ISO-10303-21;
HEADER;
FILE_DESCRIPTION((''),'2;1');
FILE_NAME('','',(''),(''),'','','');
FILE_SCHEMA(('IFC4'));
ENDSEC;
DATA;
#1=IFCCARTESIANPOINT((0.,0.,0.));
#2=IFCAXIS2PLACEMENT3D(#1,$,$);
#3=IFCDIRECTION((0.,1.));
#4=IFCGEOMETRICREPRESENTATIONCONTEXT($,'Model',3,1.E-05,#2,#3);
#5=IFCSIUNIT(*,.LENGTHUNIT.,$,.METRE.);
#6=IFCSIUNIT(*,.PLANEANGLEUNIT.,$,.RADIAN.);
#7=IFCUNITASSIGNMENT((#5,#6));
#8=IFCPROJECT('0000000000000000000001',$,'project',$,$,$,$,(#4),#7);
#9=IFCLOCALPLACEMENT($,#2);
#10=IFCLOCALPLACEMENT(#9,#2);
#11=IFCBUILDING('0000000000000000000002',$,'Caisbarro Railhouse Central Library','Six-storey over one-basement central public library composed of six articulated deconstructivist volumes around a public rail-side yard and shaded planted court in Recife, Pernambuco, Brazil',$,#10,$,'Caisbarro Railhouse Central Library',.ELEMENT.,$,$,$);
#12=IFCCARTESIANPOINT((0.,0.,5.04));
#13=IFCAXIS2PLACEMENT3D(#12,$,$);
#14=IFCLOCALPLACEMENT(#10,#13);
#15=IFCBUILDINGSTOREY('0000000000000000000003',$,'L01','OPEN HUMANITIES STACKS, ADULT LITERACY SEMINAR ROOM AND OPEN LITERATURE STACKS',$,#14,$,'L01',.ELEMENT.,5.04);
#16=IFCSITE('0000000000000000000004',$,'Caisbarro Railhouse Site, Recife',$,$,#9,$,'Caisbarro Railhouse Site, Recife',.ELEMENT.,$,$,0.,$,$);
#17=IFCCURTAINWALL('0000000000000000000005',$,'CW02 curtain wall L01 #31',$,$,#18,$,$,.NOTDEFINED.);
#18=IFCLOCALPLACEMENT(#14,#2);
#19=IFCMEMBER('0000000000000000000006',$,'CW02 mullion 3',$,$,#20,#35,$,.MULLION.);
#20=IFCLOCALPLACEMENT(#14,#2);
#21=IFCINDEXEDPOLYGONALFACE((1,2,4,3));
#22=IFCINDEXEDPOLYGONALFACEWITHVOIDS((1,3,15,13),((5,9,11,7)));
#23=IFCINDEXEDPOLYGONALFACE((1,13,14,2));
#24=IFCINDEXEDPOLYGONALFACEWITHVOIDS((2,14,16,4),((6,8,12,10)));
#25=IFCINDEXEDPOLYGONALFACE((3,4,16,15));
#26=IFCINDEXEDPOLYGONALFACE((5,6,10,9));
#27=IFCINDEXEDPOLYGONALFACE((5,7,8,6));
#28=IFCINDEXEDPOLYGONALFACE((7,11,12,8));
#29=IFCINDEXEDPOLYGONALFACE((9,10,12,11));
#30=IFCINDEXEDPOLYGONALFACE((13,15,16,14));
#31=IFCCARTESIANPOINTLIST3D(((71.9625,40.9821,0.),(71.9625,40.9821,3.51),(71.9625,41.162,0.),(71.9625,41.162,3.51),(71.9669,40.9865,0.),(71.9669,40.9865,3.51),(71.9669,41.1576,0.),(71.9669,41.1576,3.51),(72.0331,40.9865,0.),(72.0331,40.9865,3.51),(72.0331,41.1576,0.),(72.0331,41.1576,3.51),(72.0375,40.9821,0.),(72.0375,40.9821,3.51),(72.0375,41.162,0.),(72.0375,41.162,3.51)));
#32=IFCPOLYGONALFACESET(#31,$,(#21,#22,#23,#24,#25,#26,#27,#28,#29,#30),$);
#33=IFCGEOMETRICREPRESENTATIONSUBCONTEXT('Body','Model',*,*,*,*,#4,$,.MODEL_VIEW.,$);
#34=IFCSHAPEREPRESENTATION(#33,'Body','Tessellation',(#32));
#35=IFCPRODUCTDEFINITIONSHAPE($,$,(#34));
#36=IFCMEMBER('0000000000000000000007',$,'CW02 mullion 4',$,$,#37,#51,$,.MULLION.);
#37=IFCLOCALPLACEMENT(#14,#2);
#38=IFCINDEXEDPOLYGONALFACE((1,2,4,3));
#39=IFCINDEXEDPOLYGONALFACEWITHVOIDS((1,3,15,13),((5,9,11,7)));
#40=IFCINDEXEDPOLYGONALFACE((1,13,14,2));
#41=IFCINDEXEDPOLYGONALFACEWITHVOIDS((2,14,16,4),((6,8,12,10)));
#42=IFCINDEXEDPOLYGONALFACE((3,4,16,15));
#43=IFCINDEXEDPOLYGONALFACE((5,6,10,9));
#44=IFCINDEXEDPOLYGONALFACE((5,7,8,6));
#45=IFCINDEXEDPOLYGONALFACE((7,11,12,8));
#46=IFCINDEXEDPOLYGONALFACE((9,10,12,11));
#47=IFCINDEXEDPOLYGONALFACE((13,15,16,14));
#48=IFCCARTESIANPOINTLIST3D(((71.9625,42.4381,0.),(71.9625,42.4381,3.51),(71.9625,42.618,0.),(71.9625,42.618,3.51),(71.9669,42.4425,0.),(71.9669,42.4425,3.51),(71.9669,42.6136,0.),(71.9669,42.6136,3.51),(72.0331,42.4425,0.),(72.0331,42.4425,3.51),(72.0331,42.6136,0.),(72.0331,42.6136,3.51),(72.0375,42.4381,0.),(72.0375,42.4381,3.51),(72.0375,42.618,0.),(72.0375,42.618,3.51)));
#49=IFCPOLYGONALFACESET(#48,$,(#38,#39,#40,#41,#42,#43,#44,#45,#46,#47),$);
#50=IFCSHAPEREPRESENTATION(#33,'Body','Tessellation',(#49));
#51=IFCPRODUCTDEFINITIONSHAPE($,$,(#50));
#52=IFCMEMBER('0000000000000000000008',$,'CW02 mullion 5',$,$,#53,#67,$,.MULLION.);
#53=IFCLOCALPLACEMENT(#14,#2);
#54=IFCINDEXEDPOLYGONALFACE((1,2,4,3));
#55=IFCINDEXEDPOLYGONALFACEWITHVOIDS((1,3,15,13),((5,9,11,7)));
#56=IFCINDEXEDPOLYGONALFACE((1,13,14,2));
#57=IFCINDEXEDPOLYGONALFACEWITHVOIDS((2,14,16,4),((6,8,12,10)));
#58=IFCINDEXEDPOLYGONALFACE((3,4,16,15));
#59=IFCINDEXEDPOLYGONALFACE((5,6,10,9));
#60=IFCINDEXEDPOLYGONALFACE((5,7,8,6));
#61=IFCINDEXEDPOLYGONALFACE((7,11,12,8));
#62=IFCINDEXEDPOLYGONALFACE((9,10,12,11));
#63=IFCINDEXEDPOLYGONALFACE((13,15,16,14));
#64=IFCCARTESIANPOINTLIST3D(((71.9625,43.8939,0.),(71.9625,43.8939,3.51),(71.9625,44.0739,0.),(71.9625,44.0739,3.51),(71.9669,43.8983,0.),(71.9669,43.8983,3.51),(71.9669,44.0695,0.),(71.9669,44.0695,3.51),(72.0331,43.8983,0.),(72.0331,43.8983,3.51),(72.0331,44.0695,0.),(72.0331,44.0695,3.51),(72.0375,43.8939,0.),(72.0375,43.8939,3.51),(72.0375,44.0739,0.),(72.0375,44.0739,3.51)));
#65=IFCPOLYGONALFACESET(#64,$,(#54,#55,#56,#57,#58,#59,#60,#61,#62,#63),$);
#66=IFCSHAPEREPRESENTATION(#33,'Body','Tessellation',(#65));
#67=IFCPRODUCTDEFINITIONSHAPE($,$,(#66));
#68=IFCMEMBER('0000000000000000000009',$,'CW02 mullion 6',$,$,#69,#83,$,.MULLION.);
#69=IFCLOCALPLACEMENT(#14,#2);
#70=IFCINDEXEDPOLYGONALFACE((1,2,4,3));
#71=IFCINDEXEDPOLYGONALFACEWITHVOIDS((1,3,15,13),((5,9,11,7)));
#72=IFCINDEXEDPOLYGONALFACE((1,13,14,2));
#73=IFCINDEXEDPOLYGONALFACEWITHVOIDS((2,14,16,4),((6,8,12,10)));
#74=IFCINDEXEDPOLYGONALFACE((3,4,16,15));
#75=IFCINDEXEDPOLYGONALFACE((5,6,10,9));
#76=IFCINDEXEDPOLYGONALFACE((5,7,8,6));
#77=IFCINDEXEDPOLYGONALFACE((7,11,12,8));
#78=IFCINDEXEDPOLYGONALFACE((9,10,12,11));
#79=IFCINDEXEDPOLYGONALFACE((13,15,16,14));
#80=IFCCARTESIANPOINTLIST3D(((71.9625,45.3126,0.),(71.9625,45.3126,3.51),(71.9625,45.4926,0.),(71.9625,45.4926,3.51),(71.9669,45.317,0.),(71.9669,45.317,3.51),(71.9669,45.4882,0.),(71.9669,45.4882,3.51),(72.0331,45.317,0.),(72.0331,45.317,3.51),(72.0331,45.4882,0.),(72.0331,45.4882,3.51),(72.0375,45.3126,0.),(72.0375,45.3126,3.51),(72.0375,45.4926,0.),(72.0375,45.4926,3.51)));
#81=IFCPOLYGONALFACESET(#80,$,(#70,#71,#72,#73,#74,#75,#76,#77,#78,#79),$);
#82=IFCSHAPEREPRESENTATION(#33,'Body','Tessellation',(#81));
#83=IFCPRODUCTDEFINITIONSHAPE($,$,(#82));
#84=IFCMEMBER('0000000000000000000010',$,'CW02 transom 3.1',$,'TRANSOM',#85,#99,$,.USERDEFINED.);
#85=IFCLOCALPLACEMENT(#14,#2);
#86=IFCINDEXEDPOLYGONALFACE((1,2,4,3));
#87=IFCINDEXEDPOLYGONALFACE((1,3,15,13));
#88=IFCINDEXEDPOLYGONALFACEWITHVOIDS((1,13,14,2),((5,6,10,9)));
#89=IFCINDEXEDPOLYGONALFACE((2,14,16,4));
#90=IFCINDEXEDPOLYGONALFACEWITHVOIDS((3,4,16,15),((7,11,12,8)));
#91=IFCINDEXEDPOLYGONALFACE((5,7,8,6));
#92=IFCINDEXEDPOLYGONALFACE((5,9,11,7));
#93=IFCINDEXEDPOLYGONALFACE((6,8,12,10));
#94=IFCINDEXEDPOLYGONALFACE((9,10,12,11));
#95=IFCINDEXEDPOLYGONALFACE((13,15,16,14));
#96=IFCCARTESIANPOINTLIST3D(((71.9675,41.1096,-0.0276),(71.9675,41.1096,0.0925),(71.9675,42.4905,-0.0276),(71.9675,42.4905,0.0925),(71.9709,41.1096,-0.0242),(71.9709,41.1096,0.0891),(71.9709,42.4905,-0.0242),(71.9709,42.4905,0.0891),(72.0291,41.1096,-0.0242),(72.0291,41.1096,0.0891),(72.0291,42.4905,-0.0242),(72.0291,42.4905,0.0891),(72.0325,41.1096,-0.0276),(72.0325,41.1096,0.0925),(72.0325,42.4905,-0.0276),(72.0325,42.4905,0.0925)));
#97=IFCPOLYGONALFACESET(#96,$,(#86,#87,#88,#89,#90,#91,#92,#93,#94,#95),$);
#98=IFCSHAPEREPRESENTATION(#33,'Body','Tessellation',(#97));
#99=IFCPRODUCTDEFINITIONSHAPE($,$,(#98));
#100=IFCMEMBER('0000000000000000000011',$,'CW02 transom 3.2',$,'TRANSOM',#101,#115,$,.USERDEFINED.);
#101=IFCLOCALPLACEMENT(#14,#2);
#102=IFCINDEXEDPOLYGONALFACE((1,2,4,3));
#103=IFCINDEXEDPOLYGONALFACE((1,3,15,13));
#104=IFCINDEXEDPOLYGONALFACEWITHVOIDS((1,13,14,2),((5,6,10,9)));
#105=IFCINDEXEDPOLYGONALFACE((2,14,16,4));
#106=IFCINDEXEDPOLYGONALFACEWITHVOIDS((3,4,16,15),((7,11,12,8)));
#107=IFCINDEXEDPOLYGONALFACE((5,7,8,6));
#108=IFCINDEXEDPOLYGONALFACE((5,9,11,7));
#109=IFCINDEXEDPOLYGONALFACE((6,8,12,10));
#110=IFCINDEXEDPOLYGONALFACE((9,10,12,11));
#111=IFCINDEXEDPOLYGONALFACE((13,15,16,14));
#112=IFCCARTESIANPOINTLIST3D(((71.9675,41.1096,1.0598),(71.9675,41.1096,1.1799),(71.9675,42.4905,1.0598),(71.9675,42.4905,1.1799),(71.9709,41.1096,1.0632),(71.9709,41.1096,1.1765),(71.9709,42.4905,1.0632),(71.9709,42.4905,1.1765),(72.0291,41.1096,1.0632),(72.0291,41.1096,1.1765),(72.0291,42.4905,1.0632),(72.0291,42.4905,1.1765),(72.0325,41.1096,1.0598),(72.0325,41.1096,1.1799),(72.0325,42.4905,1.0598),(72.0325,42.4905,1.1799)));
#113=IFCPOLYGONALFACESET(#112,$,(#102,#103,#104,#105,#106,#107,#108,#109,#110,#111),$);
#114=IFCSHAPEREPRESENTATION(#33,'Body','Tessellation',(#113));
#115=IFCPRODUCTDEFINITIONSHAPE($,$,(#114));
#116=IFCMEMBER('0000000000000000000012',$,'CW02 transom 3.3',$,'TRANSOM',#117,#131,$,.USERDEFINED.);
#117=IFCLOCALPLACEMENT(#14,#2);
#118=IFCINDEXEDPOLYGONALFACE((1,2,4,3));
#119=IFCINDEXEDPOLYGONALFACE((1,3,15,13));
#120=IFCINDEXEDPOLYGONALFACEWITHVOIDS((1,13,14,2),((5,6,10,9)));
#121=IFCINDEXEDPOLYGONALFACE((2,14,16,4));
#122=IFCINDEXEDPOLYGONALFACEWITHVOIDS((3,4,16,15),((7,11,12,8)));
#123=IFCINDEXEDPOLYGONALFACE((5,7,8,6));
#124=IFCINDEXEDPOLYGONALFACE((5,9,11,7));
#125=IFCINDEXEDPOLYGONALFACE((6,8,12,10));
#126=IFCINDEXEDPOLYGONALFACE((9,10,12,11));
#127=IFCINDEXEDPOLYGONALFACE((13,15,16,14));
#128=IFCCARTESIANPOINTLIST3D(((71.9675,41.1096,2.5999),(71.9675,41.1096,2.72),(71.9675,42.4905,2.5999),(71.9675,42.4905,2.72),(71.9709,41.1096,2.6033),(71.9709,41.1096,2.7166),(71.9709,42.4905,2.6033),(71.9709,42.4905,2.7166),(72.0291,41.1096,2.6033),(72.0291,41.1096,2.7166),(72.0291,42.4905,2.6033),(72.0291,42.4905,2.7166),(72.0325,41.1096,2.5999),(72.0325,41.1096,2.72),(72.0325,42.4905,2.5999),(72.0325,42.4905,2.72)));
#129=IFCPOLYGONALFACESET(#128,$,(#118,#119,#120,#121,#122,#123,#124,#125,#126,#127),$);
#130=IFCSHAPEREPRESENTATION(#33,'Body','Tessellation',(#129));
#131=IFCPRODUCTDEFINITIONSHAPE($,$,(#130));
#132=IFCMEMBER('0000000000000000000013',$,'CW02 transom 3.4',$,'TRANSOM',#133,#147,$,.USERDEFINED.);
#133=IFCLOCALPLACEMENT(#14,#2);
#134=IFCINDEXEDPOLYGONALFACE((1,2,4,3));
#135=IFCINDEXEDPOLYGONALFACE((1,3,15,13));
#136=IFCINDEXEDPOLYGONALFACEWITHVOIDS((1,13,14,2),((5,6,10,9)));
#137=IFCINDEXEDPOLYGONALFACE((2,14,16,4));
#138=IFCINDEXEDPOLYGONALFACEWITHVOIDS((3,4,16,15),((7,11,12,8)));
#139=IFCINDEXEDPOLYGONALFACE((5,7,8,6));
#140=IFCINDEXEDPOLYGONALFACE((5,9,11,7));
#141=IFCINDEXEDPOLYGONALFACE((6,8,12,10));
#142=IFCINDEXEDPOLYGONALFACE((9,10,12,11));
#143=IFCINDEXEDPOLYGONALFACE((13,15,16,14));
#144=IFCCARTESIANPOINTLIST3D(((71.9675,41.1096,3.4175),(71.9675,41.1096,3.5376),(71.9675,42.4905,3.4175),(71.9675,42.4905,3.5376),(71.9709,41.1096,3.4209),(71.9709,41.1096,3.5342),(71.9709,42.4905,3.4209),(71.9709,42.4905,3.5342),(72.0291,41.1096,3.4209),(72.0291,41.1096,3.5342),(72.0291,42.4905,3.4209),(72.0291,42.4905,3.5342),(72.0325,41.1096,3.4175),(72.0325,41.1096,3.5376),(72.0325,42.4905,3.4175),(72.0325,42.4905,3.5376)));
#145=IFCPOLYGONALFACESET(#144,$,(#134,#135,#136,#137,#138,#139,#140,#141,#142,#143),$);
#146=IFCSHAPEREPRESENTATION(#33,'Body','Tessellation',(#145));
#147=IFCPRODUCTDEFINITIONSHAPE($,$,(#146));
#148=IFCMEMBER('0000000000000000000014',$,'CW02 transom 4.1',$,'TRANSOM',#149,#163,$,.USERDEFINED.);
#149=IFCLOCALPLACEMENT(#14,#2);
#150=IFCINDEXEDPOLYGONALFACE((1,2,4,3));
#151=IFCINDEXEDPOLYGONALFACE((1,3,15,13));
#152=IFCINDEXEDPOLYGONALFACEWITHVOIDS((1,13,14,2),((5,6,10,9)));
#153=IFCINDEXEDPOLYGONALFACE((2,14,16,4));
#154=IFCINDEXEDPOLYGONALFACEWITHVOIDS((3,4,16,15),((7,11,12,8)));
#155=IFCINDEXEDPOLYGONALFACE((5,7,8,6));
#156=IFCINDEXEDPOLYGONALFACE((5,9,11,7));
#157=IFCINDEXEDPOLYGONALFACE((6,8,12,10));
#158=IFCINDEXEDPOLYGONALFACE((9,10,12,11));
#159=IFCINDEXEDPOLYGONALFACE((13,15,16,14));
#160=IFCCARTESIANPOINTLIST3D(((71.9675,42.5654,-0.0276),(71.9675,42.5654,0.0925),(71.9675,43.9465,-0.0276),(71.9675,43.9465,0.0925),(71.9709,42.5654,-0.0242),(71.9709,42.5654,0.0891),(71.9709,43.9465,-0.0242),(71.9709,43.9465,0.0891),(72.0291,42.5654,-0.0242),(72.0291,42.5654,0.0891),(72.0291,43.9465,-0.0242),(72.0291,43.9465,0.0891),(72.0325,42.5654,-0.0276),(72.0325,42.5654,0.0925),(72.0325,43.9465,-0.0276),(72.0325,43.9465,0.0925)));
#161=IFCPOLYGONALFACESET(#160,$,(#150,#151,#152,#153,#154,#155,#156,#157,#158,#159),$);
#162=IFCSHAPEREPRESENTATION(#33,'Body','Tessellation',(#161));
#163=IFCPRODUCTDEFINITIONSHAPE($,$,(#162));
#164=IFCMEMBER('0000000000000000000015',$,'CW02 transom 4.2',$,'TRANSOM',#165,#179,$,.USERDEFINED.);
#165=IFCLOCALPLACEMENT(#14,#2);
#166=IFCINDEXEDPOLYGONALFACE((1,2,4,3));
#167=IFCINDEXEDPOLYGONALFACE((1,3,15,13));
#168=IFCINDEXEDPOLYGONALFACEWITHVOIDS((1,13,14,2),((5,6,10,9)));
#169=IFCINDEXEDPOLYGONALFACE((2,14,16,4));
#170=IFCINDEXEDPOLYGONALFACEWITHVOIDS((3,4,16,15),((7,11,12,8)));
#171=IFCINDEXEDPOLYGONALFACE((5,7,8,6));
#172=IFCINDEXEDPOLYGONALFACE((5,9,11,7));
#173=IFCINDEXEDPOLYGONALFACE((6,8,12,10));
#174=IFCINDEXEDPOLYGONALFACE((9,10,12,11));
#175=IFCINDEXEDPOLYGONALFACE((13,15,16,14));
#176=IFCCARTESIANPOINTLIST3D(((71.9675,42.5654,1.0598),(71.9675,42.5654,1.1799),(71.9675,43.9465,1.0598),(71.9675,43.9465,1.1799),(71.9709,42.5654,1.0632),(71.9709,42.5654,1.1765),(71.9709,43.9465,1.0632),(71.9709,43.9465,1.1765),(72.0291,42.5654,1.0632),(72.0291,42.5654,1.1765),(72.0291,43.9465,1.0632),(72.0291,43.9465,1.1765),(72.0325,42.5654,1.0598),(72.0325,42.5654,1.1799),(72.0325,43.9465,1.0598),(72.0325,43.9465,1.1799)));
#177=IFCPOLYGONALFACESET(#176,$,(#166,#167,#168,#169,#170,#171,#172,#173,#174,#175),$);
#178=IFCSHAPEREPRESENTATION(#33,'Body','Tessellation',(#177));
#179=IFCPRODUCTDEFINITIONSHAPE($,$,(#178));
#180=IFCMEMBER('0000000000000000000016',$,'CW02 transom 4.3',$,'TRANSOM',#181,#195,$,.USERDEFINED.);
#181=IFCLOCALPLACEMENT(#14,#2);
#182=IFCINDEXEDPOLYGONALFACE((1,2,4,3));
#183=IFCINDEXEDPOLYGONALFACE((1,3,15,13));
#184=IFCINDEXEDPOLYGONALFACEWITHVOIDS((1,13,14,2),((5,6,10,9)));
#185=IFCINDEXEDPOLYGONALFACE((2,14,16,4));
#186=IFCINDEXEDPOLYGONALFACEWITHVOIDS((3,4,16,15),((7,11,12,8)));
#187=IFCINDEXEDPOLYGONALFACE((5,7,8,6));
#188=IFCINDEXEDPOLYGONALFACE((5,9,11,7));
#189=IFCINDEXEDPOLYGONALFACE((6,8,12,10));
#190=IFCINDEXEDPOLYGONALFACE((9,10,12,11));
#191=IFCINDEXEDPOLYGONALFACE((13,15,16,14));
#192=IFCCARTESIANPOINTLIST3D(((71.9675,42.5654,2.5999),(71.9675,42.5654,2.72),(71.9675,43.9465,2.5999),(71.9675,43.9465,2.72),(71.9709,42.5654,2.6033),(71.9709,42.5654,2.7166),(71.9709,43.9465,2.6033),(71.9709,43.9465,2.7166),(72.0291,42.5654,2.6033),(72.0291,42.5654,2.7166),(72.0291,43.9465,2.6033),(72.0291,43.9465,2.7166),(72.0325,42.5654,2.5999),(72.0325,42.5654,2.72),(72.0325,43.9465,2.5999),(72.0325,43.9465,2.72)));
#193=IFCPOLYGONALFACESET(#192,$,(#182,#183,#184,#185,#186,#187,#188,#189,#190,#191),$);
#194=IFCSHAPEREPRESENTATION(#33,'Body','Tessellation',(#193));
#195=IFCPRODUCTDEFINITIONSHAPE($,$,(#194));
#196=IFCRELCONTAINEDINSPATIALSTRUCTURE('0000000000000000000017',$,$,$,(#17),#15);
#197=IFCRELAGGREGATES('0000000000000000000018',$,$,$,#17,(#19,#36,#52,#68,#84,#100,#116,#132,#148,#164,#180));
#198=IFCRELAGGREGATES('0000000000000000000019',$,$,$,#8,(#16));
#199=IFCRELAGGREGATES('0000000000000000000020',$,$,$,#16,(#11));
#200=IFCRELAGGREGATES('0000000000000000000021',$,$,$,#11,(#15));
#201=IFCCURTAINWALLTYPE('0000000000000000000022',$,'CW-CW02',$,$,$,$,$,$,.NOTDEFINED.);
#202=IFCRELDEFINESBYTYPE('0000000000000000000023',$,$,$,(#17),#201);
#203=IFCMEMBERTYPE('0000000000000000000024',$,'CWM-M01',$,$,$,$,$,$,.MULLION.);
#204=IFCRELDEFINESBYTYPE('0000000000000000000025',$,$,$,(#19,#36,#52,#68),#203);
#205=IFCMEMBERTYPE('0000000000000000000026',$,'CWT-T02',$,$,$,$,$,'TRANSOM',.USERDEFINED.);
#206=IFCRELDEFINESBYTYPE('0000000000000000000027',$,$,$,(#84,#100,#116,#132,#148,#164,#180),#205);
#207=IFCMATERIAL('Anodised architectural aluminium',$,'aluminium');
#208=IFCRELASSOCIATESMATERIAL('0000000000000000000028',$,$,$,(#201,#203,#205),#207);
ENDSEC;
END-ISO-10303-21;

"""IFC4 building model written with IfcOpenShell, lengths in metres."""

from ifc_helpers import new_model, si_unit, direction, frame, origin, origin_2d, place, context, subcontext, project, spatial, hollow_rectangle, extrude, material, material_profile, profile_set, type_object, element, aggregate, save


model = new_model("IFC4")

# Units and contexts
model_context = context("Model", 3, precision=1e-05, world=origin(), true_north=direction((0.0, 1.0)))
body_context = subcontext(model_context, "Body", "Model", "MODEL_VIEW")
ifc_project = project(units=[si_unit("LENGTHUNIT", "METRE"), si_unit("PLANEANGLEUNIT", "RADIAN")], contexts=[model_context])

# Site, building, storey
site_placement = place(None, origin())
site = spatial("IfcSite", under=ifc_project, at=site_placement, Name="Caisbarro Railhouse Site, Recife", LongName="Caisbarro Railhouse Site, Recife", CompositionType="ELEMENT", RefElevation=0.0)
building_placement = place(site_placement, origin())
building = spatial("IfcBuilding", under=site, at=building_placement, Name="Caisbarro Railhouse Central Library", Description="Six-storey over one-basement central public library composed of six articulated deconstructivist volumes around a public rail-side yard and shaded planted court in Recife, Pernambuco, Brazil", LongName="Caisbarro Railhouse Central Library", CompositionType="ELEMENT")
storey_placement = place(building_placement, frame((0.0, 0.0, 5.04)))
storey = spatial("IfcBuildingStorey", under=building, at=storey_placement, Name="L01", Description="OPEN HUMANITIES STACKS, ADULT LITERACY SEMINAR ROOM AND OPEN LITERATURE STACKS", LongName="L01", CompositionType="ELEMENT", Elevation=5.04)

# Curtain wall, members
ifc_material_1 = material(Name="Anodised architectural aluminium", Category="aluminium")
curtain_wall_type = type_object("IfcCurtainWallType", Name="CW-CW02", PredefinedType="NOTDEFINED", material=ifc_material_1)
curtain_wall_placement = place(storey_placement, origin())
curtain_wall = element("IfcCurtainWall", 1, at=curtain_wall_placement, inside=storey, type_object=curtain_wall_type, Name="CW02 curtain wall L01 #31", PredefinedType="NOTDEFINED")
ifc_material_profile_1 = material_profile(ifc_material_1, hollow_rectangle(XDim=0.075, YDim=0.1799, WallThickness=0.0044, at=origin_2d()), Name="ALU-MUL-75X180")
ifc_profile_set_1 = profile_set([ifc_material_profile_1], Name="Anodised architectural aluminium")
member_type_1 = type_object("IfcMemberType", Name="CWM-M01", PredefinedType="MULLION", material=ifc_profile_set_1)
member_1_placement = place(storey_placement, frame((72.0, 41.072, 0.0), z_axis=(0.0, 0.0, 1.0), x_axis=(-1.0, 0.0, 0.0)))
member_1 = element("IfcMember", 2, at=member_1_placement, type_object=member_type_1, Name="CW02 mullion 3", PredefinedType="MULLION", context=body_context, shape_type="SweptSolid", body=[
    extrude(hollow_rectangle(XDim=0.075, YDim=0.1799, WallThickness=0.0044, at=origin_2d()), origin(), (0.0, 0.0, 1.0), 3.51),
])
member_2_placement = place(storey_placement, frame((72.0, 42.5281, 0.0), z_axis=(0.0, 0.0, 1.0), x_axis=(-1.0, 0.0, 0.0)))
member_2 = element("IfcMember", 3, at=member_2_placement, type_object=member_type_1, Name="CW02 mullion 4", PredefinedType="MULLION", context=body_context, shape_type="SweptSolid", body=[
    extrude(hollow_rectangle(XDim=0.075, YDim=0.1799, WallThickness=0.0044, at=origin_2d()), origin(), (0.0, 0.0, 1.0), 3.51),
])
member_3_placement = place(storey_placement, frame((72.0, 43.9839, 0.0), z_axis=(0.0, 0.0, 1.0), x_axis=(-1.0, 0.0, 0.0)))
member_3 = element("IfcMember", 4, at=member_3_placement, type_object=member_type_1, Name="CW02 mullion 5", PredefinedType="MULLION", context=body_context, shape_type="SweptSolid", body=[
    extrude(hollow_rectangle(XDim=0.075, YDim=0.1799, WallThickness=0.0044, at=origin_2d()), origin(), (0.0, 0.0, 1.0), 3.51),
])
member_4_placement = place(storey_placement, frame((72.0, 45.4026, 0.0), z_axis=(0.0, 0.0, 1.0), x_axis=(-1.0, 0.0, 0.0)))
member_4 = element("IfcMember", 5, at=member_4_placement, type_object=member_type_1, Name="CW02 mullion 6", PredefinedType="MULLION", context=body_context, shape_type="SweptSolid", body=[
    extrude(hollow_rectangle(XDim=0.075, YDim=0.1799, WallThickness=0.0044, at=origin_2d()), origin(), (0.0, 0.0, 1.0), 3.51),
])
ifc_material_profile_2 = material_profile(ifc_material_1, hollow_rectangle(XDim=0.0649, YDim=0.1201, WallThickness=0.0034, at=origin_2d()), Name="ALU-TRN-65X120")
ifc_profile_set_2 = profile_set([ifc_material_profile_2], Name="Anodised architectural aluminium")
member_type_2 = type_object("IfcMemberType", Name="CWT-T02", ElementType="TRANSOM", PredefinedType="USERDEFINED", material=ifc_profile_set_2)
member_5_placement = place(storey_placement, frame((72.0, 41.1096, 0.0325), z_axis=(0.0, 1.0, 0.0), x_axis=(-1.0, 0.0, 0.0)))
member_5 = element("IfcMember", 6, at=member_5_placement, type_object=member_type_2, Name="CW02 transom 3.1", ObjectType="TRANSOM", PredefinedType="USERDEFINED", context=body_context, shape_type="SweptSolid", body=[
    extrude(hollow_rectangle(XDim=0.0649, YDim=0.1201, WallThickness=0.0034, at=origin_2d()), origin(), (0.0, 0.0, 1.0), 1.3809),
])
member_6_placement = place(storey_placement, frame((72.0, 41.1096, 1.1199), z_axis=(0.0, 1.0, 0.0), x_axis=(-1.0, 0.0, 0.0)))
member_6 = element("IfcMember", 7, at=member_6_placement, type_object=member_type_2, Name="CW02 transom 3.2", ObjectType="TRANSOM", PredefinedType="USERDEFINED", context=body_context, shape_type="SweptSolid", body=[
    extrude(hollow_rectangle(XDim=0.0649, YDim=0.1201, WallThickness=0.0034, at=origin_2d()), origin(), (0.0, 0.0, 1.0), 1.3809),
])
member_7_placement = place(storey_placement, frame((72.0, 41.1096, 2.6599), z_axis=(0.0, 1.0, 0.0), x_axis=(-1.0, 0.0, 0.0)))
member_7 = element("IfcMember", 8, at=member_7_placement, type_object=member_type_2, Name="CW02 transom 3.3", ObjectType="TRANSOM", PredefinedType="USERDEFINED", context=body_context, shape_type="SweptSolid", body=[
    extrude(hollow_rectangle(XDim=0.0649, YDim=0.1201, WallThickness=0.0034, at=origin_2d()), origin(), (0.0, 0.0, 1.0), 1.3809),
])
member_8_placement = place(storey_placement, frame((72.0, 41.1096, 3.4775), z_axis=(0.0, 1.0, 0.0), x_axis=(-1.0, 0.0, 0.0)))
member_8 = element("IfcMember", 9, at=member_8_placement, type_object=member_type_2, Name="CW02 transom 3.4", ObjectType="TRANSOM", PredefinedType="USERDEFINED", context=body_context, shape_type="SweptSolid", body=[
    extrude(hollow_rectangle(XDim=0.0649, YDim=0.1201, WallThickness=0.0034, at=origin_2d()), origin(), (0.0, 0.0, 1.0), 1.3809),
])
member_9_placement = place(storey_placement, frame((72.0, 42.5654, 0.0325), z_axis=(0.0, 1.0, 0.0), x_axis=(-1.0, 0.0, 0.0)))
member_9 = element("IfcMember", 10, at=member_9_placement, type_object=member_type_2, Name="CW02 transom 4.1", ObjectType="TRANSOM", PredefinedType="USERDEFINED", context=body_context, shape_type="SweptSolid", body=[
    extrude(hollow_rectangle(XDim=0.0649, YDim=0.1201, WallThickness=0.0034, at=origin_2d()), origin(), (0.0, 0.0, 1.0), 1.3811),
])
member_10_placement = place(storey_placement, frame((72.0, 42.5654, 1.1199), z_axis=(0.0, 1.0, 0.0), x_axis=(-1.0, 0.0, 0.0)))
member_10 = element("IfcMember", 11, at=member_10_placement, type_object=member_type_2, Name="CW02 transom 4.2", ObjectType="TRANSOM", PredefinedType="USERDEFINED", context=body_context, shape_type="SweptSolid", body=[
    extrude(hollow_rectangle(XDim=0.0649, YDim=0.1201, WallThickness=0.0034, at=origin_2d()), origin(), (0.0, 0.0, 1.0), 1.3811),
])
member_11_placement = place(storey_placement, frame((72.0, 42.5654, 2.6599), z_axis=(0.0, 1.0, 0.0), x_axis=(-1.0, 0.0, 0.0)))
member_11 = element("IfcMember", 12, at=member_11_placement, type_object=member_type_2, Name="CW02 transom 4.3", ObjectType="TRANSOM", PredefinedType="USERDEFINED", context=body_context, shape_type="SweptSolid", body=[
    extrude(hollow_rectangle(XDim=0.0649, YDim=0.1201, WallThickness=0.0034, at=origin_2d()), origin(), (0.0, 0.0, 1.0), 1.3811),
])
aggregate(curtain_wall, [member_1, member_2, member_3, member_4, member_5, member_6, member_7, member_8, member_9, member_10, member_11])

save(model, "model.ifc")
